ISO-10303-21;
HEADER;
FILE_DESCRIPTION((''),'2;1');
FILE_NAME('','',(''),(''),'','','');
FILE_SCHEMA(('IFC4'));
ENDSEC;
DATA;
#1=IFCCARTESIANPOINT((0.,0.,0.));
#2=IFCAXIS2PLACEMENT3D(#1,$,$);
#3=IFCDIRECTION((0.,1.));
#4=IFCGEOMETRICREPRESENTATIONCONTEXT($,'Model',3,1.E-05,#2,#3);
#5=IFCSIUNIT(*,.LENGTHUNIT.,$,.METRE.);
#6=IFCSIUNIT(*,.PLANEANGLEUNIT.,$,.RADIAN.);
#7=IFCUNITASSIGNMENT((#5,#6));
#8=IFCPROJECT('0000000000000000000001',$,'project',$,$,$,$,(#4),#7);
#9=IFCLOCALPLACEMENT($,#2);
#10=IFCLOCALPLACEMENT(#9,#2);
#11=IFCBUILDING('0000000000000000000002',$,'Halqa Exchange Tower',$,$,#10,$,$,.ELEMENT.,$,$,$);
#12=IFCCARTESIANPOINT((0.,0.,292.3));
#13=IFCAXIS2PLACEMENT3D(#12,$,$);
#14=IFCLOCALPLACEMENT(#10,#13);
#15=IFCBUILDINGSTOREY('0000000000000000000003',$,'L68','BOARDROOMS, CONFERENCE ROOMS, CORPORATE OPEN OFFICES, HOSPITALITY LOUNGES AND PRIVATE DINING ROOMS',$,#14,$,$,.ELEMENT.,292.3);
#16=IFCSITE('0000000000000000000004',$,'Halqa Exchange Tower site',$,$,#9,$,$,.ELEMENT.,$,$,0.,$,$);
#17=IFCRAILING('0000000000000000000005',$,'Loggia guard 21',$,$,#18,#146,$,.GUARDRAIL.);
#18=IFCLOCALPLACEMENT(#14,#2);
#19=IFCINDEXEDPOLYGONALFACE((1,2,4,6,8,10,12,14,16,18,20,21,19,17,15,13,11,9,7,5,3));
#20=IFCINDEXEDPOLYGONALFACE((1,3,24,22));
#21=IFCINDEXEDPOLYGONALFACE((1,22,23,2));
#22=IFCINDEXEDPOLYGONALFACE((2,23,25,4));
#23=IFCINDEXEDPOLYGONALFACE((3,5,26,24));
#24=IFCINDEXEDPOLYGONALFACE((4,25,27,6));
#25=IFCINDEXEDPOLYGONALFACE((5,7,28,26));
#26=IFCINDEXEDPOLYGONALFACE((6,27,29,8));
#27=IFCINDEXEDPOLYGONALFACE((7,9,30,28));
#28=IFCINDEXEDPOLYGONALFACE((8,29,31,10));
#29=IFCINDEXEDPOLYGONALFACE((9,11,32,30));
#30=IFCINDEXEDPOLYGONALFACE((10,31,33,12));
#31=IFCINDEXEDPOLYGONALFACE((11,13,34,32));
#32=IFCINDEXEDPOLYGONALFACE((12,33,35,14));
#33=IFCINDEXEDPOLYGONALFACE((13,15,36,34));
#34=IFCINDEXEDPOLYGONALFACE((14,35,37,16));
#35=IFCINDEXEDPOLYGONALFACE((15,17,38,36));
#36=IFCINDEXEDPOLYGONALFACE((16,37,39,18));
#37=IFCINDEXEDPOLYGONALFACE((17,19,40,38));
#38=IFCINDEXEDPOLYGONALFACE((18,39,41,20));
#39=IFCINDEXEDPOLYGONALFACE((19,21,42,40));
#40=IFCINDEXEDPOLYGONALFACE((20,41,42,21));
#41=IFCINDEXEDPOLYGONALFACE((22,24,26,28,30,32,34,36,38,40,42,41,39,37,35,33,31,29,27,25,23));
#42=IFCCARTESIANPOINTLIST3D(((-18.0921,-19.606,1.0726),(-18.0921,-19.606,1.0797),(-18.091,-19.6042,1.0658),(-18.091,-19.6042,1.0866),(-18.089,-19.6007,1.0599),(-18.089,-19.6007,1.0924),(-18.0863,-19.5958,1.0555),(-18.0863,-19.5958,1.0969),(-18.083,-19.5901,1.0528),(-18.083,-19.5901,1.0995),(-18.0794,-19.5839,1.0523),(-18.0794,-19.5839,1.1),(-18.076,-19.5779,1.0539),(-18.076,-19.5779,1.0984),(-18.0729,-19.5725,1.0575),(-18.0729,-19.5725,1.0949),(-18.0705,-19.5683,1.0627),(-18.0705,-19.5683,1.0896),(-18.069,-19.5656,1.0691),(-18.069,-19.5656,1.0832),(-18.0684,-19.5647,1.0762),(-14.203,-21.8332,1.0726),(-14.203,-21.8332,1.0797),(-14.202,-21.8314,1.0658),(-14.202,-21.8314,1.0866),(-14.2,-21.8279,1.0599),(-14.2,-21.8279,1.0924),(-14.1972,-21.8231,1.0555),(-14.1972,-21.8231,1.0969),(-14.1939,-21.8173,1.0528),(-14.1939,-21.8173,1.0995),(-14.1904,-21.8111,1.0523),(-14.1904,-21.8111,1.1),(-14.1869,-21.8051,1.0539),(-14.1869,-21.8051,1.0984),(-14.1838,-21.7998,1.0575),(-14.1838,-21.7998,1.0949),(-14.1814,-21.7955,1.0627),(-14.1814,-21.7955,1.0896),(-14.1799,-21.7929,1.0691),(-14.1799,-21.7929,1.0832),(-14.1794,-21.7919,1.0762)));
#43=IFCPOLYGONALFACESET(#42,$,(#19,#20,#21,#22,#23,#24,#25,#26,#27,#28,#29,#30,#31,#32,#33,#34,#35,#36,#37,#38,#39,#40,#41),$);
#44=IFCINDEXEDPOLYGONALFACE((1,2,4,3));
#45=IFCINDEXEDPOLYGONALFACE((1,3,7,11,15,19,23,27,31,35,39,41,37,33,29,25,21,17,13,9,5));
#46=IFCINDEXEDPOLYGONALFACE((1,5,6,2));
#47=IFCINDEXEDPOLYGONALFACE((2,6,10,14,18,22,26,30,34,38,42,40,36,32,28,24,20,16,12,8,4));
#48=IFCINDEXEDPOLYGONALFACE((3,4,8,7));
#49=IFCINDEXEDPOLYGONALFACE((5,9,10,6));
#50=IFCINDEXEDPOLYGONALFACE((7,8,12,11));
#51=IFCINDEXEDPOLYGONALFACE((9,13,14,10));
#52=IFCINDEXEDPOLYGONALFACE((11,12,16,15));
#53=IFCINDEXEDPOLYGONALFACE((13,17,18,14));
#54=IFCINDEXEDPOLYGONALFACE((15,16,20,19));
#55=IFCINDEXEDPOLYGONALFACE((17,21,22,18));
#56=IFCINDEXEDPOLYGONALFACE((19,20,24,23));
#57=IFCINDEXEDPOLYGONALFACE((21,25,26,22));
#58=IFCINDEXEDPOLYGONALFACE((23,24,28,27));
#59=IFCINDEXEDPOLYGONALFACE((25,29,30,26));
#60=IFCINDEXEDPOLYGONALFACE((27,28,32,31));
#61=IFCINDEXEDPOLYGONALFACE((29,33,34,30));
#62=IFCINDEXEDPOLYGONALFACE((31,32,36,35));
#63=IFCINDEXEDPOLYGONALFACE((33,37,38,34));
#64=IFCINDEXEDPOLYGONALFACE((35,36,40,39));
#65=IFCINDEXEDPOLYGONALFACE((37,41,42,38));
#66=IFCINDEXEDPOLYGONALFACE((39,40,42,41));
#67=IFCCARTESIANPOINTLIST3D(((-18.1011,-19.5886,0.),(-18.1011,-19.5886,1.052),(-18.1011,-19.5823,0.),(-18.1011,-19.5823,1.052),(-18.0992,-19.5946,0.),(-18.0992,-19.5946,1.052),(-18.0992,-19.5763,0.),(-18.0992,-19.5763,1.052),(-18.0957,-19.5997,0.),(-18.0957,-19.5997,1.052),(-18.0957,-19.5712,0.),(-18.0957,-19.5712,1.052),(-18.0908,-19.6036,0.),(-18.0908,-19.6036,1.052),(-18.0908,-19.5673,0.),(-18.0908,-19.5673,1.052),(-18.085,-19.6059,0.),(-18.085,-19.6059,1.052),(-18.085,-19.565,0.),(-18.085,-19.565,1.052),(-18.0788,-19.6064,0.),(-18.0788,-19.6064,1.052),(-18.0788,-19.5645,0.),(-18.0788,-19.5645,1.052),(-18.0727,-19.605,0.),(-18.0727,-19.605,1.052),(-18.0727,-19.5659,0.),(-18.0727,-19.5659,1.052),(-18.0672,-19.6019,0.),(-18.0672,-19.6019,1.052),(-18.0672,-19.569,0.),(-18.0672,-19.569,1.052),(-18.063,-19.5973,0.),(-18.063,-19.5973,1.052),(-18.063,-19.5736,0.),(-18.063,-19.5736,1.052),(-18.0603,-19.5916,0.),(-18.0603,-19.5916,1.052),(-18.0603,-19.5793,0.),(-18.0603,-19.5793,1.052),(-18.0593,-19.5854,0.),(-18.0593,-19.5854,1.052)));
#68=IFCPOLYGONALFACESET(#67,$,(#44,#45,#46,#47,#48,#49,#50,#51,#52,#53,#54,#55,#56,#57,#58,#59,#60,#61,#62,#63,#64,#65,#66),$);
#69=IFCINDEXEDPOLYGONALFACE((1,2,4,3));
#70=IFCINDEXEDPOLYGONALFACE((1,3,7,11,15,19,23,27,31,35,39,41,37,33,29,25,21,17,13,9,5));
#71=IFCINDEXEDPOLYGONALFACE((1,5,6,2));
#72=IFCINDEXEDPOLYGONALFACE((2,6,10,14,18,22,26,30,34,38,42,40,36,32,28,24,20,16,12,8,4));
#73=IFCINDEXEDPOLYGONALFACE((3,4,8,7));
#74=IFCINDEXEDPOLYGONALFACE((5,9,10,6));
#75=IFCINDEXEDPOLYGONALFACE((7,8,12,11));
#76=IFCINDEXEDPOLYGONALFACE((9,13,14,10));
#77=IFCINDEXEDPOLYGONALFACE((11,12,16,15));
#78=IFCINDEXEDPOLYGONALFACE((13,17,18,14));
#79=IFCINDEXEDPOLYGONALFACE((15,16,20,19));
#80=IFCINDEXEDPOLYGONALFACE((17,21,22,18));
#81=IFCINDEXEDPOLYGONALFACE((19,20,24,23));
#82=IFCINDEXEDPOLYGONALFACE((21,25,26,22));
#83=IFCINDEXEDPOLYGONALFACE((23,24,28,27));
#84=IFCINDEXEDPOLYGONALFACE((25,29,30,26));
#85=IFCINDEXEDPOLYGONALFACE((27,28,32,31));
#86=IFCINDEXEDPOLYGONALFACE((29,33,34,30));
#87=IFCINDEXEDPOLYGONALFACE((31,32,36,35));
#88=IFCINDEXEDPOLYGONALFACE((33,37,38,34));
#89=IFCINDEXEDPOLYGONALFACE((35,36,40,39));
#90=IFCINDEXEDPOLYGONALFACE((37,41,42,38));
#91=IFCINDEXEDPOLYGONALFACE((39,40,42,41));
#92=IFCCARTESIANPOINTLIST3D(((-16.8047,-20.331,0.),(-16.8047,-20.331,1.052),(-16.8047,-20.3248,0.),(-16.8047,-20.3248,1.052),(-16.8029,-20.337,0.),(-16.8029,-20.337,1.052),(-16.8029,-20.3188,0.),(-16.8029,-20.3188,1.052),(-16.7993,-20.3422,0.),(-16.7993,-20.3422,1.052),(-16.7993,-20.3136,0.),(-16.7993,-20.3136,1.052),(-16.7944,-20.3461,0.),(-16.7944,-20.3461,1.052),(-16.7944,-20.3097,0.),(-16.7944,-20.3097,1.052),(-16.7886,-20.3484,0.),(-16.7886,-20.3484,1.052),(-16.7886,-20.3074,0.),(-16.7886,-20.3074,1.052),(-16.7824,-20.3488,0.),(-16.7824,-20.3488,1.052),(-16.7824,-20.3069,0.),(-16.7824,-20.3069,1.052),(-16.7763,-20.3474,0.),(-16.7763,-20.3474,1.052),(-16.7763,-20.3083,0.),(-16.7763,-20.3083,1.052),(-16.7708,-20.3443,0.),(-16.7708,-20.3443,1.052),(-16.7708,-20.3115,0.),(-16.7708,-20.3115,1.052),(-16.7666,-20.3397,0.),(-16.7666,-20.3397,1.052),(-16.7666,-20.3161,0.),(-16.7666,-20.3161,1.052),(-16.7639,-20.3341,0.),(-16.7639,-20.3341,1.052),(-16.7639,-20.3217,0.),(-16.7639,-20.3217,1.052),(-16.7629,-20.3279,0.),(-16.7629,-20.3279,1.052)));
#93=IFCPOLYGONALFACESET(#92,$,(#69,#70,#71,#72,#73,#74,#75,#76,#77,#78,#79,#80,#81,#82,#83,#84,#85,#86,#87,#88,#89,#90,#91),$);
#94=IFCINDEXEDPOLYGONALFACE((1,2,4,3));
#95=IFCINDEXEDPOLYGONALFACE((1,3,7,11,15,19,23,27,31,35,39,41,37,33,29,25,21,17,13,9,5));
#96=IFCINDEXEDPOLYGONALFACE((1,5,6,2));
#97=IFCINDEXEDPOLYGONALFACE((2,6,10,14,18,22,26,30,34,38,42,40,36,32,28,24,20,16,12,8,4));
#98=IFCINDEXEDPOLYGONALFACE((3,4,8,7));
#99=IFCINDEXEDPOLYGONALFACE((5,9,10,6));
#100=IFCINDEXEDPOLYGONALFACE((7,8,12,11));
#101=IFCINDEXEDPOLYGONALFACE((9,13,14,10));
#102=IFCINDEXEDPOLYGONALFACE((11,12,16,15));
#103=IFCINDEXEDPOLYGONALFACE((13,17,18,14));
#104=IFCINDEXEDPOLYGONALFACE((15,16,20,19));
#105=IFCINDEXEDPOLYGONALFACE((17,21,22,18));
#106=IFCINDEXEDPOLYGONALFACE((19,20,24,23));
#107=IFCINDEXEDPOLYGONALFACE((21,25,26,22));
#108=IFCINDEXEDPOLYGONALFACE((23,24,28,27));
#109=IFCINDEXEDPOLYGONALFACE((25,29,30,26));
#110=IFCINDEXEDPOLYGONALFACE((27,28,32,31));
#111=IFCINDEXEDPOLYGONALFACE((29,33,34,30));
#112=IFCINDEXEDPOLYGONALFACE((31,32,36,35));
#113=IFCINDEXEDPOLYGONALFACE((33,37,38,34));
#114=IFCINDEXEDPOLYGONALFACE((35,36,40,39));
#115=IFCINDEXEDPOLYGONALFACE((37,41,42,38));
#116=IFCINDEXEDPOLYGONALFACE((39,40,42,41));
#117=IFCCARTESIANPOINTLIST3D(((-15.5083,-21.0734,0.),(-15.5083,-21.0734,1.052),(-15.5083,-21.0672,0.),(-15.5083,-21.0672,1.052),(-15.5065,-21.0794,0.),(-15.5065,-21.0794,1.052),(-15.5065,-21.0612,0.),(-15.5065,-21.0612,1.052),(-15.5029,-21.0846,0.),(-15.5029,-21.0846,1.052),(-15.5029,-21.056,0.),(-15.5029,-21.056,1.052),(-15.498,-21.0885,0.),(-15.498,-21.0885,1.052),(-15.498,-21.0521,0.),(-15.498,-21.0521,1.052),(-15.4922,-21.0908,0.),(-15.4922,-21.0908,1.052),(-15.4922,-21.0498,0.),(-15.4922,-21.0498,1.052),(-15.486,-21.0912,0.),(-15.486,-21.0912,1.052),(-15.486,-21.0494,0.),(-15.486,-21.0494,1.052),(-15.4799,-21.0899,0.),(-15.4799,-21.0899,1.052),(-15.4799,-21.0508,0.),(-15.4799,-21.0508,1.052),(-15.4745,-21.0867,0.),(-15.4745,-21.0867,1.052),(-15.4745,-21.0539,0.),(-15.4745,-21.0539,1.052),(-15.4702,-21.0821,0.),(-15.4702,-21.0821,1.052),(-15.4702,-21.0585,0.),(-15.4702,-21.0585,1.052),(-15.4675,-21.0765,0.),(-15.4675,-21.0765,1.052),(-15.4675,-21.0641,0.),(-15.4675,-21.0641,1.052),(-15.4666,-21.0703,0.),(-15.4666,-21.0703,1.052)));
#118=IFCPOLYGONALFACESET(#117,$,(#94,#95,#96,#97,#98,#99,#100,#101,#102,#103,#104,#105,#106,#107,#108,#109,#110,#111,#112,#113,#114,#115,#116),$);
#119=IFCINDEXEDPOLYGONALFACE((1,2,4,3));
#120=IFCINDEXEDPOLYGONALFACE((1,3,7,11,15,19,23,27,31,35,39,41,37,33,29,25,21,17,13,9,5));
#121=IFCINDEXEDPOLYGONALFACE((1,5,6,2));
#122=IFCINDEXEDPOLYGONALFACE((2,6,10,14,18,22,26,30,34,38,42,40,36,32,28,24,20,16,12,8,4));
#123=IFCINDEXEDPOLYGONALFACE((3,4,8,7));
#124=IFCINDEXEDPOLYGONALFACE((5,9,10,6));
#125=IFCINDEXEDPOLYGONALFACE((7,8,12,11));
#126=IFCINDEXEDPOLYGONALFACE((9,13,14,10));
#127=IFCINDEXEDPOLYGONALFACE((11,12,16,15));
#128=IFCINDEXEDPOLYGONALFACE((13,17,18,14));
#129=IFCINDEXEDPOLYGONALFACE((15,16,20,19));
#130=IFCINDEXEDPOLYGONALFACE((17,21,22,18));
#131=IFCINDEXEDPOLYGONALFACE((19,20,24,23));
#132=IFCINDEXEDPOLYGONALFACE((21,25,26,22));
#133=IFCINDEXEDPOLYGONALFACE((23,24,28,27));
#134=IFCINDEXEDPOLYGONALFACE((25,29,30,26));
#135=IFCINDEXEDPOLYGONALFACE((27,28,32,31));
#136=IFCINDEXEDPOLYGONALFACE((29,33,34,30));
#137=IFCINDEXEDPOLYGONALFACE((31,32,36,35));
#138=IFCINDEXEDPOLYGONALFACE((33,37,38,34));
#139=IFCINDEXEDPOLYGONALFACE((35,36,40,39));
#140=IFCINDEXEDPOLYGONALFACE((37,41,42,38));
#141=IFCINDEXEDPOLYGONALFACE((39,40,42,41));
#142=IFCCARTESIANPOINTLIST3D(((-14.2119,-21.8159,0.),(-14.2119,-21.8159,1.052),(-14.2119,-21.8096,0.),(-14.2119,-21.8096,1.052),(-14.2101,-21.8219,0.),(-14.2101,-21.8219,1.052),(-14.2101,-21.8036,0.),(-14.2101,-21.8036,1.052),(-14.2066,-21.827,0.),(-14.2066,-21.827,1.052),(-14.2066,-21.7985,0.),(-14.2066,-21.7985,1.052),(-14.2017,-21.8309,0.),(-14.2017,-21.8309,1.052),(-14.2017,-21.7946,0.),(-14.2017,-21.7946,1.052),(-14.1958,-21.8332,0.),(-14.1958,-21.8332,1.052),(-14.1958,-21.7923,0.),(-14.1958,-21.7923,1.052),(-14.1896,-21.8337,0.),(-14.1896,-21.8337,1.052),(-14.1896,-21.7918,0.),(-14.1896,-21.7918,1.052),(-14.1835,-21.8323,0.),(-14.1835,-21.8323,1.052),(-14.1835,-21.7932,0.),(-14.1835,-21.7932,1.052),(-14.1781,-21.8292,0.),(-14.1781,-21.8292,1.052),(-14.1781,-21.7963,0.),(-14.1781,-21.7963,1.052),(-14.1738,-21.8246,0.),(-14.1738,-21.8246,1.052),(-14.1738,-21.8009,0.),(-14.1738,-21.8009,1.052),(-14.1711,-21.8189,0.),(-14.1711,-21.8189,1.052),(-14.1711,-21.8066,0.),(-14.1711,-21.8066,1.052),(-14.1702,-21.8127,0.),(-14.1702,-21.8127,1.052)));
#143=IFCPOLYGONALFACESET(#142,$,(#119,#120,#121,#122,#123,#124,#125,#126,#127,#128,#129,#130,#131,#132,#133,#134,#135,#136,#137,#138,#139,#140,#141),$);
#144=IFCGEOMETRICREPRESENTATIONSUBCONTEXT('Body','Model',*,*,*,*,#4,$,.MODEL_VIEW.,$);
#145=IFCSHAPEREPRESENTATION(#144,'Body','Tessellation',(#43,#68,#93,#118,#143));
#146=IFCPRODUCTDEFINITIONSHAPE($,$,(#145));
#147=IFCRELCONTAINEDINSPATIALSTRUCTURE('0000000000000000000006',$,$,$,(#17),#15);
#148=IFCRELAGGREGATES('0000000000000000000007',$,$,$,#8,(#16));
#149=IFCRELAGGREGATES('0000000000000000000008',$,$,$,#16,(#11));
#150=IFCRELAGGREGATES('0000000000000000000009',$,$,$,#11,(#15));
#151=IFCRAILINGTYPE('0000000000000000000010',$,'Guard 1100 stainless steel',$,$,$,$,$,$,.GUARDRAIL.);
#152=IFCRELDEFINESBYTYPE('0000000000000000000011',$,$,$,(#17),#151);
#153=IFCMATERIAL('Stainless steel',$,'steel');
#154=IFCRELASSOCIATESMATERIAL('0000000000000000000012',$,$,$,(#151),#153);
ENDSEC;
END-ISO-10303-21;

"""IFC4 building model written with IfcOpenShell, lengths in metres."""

from ifc_helpers import new_model, si_unit, direction, frame, origin, origin_2d, place, context, subcontext, project, spatial, circle, extrude, material, type_object, element, save


model = new_model("IFC4")

# Units and contexts
model_context = context("Model", 3, precision=1e-05, world=origin(), true_north=direction((0.0, 1.0)))
body_context = subcontext(model_context, "Body", "Model", "MODEL_VIEW")
ifc_project = project(units=[si_unit("LENGTHUNIT", "METRE"), si_unit("PLANEANGLEUNIT", "RADIAN")], contexts=[model_context])

# Site, building, storey
site_placement = place(None, origin())
site = spatial("IfcSite", under=ifc_project, at=site_placement, Name="Halqa Exchange Tower site", CompositionType="ELEMENT", RefElevation=0.0)
building_placement = place(site_placement, origin())
building = spatial("IfcBuilding", under=site, at=building_placement, Name="Halqa Exchange Tower", CompositionType="ELEMENT")
storey_placement = place(building_placement, frame((0.0, 0.0, 292.3)))
storey = spatial("IfcBuildingStorey", under=building, at=storey_placement, Name="L68", Description="BOARDROOMS, CONFERENCE ROOMS, CORPORATE OPEN OFFICES, HOSPITALITY LOUNGES AND PRIVATE DINING ROOMS", CompositionType="ELEMENT", Elevation=292.3)

# Railing
ifc_material_1 = material(Name="Stainless steel", Category="steel")
railing_type = type_object("IfcRailingType", Name="Guard 1100 stainless steel", PredefinedType="GUARDRAIL", material=ifc_material_1)
railing_1_placement = place(storey_placement, frame((-18.0803, -19.5854, 0.0)))
element("IfcRailing", 1, at=railing_1_placement, inside=storey, type_object=railing_type, Name="Loggia guard 21", PredefinedType="GUARDRAIL", context=body_context, shape_type="SweptSolid", body=[
    extrude(circle(Radius=0.0239, at=origin_2d()), frame((0.0, 0.0, 1.0762), z_axis=(0.86777, -0.496966, 0.0), x_axis=(0.496966, 0.86777, 0.0)), (0.0, 0.0, 1.0), 4.4817),
    extrude(circle(Radius=0.021, at=origin_2d()), origin(), (0.0, 0.0, 1.0), 1.052),
    extrude(circle(Radius=0.021, at=origin_2d()), frame((1.2964, -0.7424, 0.0)), (0.0, 0.0, 1.0), 1.052),
    extrude(circle(Radius=0.021, at=origin_2d()), frame((2.5928, -1.4849, 0.0)), (0.0, 0.0, 1.0), 1.052),
    extrude(circle(Radius=0.021, at=origin_2d()), frame((3.8892, -2.2273, 0.0)), (0.0, 0.0, 1.0), 1.052),
])

save(model, "model.ifc")
